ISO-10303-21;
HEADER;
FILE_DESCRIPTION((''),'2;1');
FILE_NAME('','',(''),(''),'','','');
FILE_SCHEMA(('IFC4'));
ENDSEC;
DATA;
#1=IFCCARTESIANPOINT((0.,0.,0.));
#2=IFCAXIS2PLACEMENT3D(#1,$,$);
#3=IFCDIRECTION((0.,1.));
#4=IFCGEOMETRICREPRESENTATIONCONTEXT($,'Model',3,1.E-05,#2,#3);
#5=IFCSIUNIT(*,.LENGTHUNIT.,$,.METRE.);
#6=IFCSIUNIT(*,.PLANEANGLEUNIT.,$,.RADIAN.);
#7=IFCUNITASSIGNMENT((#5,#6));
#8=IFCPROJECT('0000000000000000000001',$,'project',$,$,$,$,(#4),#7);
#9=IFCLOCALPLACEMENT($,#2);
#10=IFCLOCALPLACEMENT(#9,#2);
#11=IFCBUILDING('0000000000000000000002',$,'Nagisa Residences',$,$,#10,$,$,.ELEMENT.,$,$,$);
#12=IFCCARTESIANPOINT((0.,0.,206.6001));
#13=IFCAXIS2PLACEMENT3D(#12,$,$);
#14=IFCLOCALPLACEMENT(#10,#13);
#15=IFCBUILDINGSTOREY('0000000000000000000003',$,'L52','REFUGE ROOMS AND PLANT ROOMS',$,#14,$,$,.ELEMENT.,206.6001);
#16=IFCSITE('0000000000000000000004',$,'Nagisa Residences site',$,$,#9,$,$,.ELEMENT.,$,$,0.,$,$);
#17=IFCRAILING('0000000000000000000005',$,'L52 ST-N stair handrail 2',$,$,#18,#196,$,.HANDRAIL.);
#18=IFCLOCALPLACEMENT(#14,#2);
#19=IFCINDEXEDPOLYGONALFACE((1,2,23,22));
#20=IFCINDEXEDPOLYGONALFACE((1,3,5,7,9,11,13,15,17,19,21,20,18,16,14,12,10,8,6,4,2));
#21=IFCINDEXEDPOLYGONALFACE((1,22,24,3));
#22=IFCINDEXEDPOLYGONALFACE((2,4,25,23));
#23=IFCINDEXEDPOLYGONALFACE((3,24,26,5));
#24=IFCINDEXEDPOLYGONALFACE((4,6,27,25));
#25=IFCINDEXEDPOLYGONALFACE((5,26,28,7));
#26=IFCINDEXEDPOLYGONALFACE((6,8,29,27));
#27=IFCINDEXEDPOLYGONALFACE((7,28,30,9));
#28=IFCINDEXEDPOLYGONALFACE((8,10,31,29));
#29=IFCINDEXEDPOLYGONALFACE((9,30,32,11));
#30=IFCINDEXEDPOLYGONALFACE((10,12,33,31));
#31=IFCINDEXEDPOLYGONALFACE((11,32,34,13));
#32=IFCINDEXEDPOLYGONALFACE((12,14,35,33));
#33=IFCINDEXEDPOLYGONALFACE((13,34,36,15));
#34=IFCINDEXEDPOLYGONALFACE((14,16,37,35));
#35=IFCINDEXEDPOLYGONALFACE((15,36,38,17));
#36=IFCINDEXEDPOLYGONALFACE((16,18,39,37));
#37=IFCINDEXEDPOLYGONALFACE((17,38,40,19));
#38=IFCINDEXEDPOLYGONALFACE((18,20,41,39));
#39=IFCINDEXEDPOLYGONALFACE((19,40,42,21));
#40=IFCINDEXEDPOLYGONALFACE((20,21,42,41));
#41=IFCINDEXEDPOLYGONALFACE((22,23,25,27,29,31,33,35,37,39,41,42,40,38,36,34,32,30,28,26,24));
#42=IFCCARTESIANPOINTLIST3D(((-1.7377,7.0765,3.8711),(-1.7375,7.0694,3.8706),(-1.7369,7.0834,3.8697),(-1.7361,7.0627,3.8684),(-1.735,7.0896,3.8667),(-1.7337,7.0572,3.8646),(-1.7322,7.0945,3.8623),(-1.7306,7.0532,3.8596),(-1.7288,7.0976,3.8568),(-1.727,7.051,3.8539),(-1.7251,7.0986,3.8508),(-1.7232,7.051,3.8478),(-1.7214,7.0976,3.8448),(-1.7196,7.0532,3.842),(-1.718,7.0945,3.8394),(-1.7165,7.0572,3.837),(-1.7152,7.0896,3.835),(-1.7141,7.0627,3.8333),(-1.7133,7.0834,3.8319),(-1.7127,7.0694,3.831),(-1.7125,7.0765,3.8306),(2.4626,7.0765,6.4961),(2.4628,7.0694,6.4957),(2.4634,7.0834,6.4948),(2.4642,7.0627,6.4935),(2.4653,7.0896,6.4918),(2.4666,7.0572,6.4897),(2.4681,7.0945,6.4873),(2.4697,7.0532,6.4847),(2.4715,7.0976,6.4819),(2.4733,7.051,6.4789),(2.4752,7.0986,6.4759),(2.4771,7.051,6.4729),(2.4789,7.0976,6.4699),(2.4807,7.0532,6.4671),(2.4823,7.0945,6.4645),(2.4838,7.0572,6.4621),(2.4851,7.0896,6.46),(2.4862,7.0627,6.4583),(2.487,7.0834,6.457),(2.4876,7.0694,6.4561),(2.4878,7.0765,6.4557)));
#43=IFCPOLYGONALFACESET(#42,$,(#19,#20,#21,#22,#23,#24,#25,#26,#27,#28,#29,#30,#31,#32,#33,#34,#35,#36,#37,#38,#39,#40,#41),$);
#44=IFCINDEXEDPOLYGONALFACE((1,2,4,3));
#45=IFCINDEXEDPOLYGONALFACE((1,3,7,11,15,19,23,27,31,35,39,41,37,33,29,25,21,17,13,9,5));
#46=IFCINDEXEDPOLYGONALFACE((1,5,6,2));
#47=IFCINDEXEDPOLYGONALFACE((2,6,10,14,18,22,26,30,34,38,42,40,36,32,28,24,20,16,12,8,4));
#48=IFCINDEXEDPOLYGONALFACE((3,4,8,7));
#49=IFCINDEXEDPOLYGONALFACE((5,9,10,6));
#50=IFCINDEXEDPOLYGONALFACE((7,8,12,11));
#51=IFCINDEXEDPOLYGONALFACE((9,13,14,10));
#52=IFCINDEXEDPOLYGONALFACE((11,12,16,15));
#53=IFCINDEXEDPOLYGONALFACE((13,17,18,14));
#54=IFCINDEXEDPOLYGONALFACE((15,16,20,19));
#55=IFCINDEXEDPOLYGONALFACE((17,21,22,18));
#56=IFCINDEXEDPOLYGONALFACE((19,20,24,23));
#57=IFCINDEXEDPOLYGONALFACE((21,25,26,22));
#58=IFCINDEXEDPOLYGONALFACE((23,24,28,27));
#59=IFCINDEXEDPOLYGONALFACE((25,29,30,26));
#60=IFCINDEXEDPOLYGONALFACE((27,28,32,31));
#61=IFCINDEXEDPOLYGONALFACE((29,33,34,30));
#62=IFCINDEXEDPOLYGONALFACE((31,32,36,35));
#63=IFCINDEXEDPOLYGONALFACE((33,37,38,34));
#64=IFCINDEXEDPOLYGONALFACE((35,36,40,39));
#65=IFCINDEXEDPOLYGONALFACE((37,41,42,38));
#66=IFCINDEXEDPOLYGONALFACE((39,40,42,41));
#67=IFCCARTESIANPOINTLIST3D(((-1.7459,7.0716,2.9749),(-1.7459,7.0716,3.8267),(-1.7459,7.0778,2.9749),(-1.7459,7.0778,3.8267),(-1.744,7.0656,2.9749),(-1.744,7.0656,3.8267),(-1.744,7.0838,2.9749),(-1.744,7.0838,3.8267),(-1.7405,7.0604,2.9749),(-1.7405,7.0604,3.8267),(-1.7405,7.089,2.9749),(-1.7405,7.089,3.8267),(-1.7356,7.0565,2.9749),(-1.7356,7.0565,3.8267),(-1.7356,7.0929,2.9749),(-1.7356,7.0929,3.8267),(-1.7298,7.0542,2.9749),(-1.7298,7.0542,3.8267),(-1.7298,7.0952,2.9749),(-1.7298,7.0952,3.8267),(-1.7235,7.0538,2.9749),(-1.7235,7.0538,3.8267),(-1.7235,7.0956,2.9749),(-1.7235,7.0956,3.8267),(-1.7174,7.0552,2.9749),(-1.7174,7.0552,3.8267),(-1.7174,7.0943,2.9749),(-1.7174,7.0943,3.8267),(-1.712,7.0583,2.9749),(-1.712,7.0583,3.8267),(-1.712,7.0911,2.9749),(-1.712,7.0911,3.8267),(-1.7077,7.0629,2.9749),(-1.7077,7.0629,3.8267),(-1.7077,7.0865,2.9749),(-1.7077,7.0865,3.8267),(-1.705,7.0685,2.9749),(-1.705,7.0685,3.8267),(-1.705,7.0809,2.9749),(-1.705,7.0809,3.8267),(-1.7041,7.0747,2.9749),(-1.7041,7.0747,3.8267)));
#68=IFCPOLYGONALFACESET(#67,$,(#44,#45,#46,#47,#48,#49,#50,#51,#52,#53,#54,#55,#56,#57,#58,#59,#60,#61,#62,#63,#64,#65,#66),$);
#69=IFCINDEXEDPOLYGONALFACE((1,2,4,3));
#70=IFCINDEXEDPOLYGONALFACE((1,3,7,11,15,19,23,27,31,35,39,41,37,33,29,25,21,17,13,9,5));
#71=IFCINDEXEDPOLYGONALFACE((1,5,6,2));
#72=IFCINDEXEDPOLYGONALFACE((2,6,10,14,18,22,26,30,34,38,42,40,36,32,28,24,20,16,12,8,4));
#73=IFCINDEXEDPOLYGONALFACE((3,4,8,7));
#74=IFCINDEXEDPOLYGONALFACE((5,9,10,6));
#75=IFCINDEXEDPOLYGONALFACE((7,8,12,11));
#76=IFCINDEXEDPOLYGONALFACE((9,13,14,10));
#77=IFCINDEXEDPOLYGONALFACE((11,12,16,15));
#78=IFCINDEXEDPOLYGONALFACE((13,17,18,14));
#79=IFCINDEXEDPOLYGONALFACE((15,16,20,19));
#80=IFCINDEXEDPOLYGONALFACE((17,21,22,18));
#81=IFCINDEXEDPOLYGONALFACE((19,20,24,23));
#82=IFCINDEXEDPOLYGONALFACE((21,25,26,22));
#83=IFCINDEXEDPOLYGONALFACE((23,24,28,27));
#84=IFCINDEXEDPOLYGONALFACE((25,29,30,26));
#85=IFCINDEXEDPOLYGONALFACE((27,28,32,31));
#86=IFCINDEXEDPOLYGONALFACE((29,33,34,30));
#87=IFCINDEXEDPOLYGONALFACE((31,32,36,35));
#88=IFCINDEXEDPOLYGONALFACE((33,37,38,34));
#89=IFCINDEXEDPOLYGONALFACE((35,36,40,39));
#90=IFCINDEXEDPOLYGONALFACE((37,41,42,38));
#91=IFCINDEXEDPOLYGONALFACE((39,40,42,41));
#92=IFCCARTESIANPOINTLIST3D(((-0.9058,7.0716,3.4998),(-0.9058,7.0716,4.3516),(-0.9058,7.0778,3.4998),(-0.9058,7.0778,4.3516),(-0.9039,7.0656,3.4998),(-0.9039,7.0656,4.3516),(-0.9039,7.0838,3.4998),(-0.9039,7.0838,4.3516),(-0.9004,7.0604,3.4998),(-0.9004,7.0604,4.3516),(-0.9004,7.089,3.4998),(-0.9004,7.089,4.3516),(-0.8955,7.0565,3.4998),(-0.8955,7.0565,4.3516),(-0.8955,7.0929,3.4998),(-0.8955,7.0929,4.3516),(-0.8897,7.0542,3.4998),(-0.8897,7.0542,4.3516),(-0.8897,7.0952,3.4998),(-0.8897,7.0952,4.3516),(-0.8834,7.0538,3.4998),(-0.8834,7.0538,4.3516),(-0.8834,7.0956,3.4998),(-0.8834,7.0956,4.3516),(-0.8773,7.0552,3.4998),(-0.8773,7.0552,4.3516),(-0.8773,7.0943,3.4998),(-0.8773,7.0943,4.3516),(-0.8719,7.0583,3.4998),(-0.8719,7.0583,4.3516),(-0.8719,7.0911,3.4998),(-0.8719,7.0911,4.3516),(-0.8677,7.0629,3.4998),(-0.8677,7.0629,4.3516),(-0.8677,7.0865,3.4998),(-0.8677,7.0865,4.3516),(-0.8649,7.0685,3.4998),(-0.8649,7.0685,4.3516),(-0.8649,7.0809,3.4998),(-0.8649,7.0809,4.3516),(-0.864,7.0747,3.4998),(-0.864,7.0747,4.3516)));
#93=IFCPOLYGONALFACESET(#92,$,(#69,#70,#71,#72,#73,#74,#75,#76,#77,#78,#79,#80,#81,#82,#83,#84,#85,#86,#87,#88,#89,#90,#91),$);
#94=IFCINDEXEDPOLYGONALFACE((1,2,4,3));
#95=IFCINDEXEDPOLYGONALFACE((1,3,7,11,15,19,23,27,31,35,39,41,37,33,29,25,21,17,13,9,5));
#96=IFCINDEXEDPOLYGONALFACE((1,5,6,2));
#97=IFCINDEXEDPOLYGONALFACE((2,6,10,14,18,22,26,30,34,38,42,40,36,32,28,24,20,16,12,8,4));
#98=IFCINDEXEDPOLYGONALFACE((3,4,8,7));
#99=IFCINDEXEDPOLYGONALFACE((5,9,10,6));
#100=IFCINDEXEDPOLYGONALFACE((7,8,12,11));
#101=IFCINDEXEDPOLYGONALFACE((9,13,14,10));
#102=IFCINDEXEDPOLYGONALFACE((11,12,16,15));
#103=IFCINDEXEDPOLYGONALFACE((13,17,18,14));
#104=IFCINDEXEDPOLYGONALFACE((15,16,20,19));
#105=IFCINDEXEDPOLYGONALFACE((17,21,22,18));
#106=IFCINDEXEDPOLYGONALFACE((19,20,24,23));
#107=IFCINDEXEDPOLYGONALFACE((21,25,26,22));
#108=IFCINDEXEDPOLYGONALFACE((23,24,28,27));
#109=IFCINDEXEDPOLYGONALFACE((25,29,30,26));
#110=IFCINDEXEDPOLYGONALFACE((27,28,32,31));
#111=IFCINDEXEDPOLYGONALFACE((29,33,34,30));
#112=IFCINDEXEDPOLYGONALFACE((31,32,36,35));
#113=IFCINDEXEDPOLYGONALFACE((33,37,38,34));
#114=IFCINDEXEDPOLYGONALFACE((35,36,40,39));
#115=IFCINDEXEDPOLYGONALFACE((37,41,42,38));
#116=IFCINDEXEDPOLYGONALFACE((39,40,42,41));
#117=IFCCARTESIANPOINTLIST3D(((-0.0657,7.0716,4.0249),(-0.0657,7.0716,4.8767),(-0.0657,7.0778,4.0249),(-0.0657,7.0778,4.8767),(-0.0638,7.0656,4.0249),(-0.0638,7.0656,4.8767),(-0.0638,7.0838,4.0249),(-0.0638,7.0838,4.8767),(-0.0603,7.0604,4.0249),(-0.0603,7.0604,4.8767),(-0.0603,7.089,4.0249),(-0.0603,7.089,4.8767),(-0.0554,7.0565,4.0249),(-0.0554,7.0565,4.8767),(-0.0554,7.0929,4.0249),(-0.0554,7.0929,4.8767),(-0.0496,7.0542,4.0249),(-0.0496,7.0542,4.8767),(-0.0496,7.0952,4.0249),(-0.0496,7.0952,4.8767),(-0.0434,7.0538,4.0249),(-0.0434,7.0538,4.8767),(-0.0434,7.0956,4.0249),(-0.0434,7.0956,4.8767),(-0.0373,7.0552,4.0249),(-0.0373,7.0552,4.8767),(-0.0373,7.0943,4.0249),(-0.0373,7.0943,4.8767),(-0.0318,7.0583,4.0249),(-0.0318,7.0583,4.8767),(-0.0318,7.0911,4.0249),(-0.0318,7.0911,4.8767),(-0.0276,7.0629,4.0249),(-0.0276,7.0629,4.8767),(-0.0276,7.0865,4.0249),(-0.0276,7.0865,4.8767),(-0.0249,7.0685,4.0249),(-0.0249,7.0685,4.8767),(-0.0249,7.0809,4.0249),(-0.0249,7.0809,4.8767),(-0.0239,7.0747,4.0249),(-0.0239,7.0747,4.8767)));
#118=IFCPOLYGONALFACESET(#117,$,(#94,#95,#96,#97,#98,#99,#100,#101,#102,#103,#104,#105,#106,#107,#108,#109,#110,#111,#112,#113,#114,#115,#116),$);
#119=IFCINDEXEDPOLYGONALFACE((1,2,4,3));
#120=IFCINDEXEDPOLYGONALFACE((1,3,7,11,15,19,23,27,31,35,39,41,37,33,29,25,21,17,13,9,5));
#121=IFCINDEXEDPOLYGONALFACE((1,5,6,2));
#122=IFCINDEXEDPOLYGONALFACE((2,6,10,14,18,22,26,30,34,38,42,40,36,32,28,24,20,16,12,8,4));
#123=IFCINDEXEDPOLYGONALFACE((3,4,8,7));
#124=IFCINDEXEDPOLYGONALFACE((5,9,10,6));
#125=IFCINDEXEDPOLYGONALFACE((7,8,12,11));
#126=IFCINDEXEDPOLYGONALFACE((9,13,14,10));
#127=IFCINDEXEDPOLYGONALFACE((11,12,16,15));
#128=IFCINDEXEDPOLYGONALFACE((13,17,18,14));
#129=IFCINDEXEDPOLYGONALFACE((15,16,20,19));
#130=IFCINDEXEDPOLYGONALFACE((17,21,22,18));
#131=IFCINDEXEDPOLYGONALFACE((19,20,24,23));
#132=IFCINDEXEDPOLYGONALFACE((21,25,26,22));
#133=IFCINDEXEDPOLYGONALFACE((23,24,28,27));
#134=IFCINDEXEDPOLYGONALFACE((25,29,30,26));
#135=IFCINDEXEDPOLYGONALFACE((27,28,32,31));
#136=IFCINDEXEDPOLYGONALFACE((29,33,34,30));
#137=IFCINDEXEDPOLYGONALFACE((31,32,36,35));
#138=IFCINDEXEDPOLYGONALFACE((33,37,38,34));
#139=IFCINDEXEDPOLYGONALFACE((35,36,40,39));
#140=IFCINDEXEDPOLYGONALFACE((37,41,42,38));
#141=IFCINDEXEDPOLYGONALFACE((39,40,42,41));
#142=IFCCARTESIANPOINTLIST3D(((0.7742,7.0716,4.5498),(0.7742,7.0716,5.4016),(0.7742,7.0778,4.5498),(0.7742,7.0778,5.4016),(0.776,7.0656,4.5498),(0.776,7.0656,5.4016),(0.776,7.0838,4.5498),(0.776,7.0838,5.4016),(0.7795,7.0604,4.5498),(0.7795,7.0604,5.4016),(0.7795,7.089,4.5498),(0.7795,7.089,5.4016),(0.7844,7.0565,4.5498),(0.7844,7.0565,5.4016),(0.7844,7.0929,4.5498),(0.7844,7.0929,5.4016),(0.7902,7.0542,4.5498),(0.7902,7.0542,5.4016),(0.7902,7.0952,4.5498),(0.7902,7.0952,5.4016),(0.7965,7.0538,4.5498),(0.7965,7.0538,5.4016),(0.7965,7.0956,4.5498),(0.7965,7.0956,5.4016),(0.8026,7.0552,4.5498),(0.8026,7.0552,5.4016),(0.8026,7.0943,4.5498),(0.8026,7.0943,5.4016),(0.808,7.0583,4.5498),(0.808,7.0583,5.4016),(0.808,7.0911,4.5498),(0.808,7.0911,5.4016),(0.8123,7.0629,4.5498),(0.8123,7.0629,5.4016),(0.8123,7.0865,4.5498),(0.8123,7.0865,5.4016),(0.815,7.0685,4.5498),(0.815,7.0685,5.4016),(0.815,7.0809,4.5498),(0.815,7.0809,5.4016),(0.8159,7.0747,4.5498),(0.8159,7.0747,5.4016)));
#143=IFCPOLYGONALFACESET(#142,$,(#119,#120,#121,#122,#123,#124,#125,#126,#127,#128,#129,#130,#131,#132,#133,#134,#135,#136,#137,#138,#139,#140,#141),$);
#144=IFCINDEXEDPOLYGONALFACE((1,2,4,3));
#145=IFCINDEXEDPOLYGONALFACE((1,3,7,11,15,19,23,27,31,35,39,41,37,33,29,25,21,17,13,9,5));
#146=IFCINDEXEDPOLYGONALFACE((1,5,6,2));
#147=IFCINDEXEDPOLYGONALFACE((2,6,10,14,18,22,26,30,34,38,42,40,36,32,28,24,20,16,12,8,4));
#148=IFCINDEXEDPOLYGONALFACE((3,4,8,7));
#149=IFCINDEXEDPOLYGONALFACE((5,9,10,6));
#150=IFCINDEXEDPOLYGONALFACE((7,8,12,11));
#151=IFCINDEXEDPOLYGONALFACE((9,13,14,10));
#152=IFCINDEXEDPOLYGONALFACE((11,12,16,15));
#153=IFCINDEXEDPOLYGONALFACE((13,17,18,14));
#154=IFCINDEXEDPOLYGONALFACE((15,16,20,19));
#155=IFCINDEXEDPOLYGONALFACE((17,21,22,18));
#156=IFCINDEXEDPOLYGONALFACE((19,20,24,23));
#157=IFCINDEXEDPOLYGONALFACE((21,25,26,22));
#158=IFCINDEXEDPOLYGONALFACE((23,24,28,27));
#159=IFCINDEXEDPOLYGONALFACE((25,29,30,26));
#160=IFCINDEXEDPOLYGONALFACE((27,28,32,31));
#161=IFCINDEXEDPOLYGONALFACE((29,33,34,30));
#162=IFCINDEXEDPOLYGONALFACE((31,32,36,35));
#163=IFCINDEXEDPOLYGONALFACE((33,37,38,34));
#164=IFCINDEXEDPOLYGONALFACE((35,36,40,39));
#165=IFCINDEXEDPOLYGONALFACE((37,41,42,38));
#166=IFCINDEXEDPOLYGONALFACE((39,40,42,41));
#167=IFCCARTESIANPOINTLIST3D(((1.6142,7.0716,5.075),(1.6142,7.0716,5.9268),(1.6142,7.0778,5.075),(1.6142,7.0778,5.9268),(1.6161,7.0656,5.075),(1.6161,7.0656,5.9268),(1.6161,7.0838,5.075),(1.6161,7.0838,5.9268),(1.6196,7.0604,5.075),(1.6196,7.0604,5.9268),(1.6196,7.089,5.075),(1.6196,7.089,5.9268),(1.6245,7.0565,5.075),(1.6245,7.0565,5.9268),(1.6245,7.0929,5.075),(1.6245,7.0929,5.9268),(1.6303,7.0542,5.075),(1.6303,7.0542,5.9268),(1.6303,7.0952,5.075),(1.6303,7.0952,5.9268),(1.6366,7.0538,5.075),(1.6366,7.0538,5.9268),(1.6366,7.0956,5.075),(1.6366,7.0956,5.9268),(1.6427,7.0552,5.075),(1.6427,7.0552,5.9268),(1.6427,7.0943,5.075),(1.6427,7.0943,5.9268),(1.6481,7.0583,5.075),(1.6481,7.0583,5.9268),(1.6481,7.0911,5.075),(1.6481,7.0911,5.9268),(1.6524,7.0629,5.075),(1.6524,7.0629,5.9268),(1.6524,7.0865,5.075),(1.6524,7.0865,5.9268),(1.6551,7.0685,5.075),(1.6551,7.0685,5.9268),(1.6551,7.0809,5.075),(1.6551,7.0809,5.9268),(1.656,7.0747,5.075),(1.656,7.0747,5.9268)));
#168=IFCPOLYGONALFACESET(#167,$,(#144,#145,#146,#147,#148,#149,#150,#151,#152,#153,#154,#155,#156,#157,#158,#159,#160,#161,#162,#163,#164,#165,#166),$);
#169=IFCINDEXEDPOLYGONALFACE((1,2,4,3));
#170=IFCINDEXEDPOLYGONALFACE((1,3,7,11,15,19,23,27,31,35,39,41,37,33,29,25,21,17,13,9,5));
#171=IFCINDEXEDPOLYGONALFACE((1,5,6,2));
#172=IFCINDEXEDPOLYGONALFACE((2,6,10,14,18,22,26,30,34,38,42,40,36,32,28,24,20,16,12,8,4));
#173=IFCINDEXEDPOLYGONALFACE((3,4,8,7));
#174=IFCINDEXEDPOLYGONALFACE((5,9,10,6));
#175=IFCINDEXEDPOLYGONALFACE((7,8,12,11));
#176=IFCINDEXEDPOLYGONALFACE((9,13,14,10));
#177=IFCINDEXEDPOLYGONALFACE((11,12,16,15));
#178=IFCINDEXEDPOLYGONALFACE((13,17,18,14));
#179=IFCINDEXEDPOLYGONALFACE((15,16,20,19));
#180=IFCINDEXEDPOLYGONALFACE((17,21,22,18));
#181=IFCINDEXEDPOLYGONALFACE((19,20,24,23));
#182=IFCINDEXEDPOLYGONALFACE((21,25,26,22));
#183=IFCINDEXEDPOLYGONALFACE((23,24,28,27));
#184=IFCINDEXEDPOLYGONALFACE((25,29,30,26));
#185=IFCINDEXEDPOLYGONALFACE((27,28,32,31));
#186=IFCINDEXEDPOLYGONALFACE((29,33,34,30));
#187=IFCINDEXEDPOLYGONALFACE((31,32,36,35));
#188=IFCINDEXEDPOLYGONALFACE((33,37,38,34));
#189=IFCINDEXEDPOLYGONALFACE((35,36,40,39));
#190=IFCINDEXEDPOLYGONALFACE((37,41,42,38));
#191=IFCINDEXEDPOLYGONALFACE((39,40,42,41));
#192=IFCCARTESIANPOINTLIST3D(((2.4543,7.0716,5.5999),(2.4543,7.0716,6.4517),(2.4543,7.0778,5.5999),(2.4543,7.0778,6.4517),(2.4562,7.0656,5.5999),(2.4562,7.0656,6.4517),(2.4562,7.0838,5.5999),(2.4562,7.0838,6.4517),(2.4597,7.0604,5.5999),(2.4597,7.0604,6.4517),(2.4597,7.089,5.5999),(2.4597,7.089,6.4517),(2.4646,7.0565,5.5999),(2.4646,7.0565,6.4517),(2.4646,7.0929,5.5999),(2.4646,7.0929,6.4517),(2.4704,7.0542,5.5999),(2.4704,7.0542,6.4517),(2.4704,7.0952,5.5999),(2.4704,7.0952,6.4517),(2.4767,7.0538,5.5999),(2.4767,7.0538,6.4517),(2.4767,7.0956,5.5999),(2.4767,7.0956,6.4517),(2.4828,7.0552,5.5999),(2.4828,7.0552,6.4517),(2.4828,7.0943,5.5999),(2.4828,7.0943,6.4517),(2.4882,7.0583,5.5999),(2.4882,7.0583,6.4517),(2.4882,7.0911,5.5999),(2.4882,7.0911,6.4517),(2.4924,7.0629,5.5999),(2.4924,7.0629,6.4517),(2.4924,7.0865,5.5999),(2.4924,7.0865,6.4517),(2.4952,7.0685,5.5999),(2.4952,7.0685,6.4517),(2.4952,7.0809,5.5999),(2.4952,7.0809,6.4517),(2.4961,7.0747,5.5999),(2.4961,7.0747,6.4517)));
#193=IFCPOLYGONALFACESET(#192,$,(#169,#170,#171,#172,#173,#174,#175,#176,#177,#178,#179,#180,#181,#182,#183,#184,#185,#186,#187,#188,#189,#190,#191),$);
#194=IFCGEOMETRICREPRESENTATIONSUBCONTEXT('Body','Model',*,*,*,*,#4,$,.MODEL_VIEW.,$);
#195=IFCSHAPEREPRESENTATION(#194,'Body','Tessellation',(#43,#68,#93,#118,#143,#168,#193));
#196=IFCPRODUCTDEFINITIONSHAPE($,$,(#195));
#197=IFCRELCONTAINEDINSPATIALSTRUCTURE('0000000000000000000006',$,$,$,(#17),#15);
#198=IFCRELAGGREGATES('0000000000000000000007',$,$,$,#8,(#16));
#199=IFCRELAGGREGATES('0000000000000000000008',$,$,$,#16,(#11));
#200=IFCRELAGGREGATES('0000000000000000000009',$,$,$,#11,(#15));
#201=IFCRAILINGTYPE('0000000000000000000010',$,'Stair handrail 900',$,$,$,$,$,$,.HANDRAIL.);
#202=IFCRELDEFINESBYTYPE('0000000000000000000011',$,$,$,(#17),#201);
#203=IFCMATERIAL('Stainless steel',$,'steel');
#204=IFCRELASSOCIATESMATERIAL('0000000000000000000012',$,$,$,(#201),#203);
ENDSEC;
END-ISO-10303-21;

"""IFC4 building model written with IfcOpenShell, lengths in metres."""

from ifc_helpers import new_model, si_unit, direction, frame, origin, origin_2d, place, context, subcontext, project, spatial, circle, extrude, material, type_object, element, save


model = new_model("IFC4")

# Units and contexts
model_context = context("Model", 3, precision=1e-05, world=origin(), true_north=direction((0.0, 1.0)))
body_context = subcontext(model_context, "Body", "Model", "MODEL_VIEW")
ifc_project = project(units=[si_unit("LENGTHUNIT", "METRE"), si_unit("PLANEANGLEUNIT", "RADIAN")], contexts=[model_context])

# Site, building, storey
site_placement = place(None, origin())
site = spatial("IfcSite", under=ifc_project, at=site_placement, Name="Nagisa Residences site", CompositionType="ELEMENT", RefElevation=0.0)
building_placement = place(site_placement, origin())
building = spatial("IfcBuilding", under=site, at=building_placement, Name="Nagisa Residences", CompositionType="ELEMENT")
storey_placement = place(building_placement, frame((0.0, 0.0, 206.6001)))
storey = spatial("IfcBuildingStorey", under=building, at=storey_placement, Name="L52", Description="REFUGE ROOMS AND PLANT ROOMS", CompositionType="ELEMENT", Elevation=206.6001)

# Railing
ifc_material_1 = material(Name="Stainless steel", Category="steel")
railing_type = type_object("IfcRailingType", Name="Stair handrail 900", PredefinedType="HANDRAIL", material=ifc_material_1)
railing_placement = place(storey_placement, frame((-1.7251, 7.0747, 2.9749)))
element("IfcRailing", 1, at=railing_placement, inside=storey, type_object=railing_type, Name="L52 ST-N stair handrail 2", PredefinedType="HANDRAIL", context=body_context, shape_type="SweptSolid", body=[
    extrude(circle(Radius=0.0239, at=origin_2d()), frame((0.0, 0.0, 0.876), z_axis=(0.848009, 0.0, 0.529981), x_axis=(0.0, 1.0, 0.0)), (0.0, 0.0, 1.0), 4.9531),
    extrude(circle(Radius=0.021, at=origin_2d()), origin(), (0.0, 0.0, 1.0), 0.8518),
    extrude(circle(Radius=0.021, at=origin_2d()), frame((0.8401, 0.0, 0.5249)), (0.0, 0.0, 1.0), 0.8518),
    extrude(circle(Radius=0.021, at=origin_2d()), frame((1.6802, 0.0, 1.05)), (0.0, 0.0, 1.0), 0.8518),
    extrude(circle(Radius=0.021, at=origin_2d()), frame((2.52, 0.0, 1.575)), (0.0, 0.0, 1.0), 0.8518),
    extrude(circle(Radius=0.021, at=origin_2d()), frame((3.3601, 0.0, 2.1001)), (0.0, 0.0, 1.0), 0.8518),
    extrude(circle(Radius=0.021, at=origin_2d()), frame((4.2002, 0.0, 2.625)), (0.0, 0.0, 1.0), 0.8518),
])

save(model, "model.ifc")
